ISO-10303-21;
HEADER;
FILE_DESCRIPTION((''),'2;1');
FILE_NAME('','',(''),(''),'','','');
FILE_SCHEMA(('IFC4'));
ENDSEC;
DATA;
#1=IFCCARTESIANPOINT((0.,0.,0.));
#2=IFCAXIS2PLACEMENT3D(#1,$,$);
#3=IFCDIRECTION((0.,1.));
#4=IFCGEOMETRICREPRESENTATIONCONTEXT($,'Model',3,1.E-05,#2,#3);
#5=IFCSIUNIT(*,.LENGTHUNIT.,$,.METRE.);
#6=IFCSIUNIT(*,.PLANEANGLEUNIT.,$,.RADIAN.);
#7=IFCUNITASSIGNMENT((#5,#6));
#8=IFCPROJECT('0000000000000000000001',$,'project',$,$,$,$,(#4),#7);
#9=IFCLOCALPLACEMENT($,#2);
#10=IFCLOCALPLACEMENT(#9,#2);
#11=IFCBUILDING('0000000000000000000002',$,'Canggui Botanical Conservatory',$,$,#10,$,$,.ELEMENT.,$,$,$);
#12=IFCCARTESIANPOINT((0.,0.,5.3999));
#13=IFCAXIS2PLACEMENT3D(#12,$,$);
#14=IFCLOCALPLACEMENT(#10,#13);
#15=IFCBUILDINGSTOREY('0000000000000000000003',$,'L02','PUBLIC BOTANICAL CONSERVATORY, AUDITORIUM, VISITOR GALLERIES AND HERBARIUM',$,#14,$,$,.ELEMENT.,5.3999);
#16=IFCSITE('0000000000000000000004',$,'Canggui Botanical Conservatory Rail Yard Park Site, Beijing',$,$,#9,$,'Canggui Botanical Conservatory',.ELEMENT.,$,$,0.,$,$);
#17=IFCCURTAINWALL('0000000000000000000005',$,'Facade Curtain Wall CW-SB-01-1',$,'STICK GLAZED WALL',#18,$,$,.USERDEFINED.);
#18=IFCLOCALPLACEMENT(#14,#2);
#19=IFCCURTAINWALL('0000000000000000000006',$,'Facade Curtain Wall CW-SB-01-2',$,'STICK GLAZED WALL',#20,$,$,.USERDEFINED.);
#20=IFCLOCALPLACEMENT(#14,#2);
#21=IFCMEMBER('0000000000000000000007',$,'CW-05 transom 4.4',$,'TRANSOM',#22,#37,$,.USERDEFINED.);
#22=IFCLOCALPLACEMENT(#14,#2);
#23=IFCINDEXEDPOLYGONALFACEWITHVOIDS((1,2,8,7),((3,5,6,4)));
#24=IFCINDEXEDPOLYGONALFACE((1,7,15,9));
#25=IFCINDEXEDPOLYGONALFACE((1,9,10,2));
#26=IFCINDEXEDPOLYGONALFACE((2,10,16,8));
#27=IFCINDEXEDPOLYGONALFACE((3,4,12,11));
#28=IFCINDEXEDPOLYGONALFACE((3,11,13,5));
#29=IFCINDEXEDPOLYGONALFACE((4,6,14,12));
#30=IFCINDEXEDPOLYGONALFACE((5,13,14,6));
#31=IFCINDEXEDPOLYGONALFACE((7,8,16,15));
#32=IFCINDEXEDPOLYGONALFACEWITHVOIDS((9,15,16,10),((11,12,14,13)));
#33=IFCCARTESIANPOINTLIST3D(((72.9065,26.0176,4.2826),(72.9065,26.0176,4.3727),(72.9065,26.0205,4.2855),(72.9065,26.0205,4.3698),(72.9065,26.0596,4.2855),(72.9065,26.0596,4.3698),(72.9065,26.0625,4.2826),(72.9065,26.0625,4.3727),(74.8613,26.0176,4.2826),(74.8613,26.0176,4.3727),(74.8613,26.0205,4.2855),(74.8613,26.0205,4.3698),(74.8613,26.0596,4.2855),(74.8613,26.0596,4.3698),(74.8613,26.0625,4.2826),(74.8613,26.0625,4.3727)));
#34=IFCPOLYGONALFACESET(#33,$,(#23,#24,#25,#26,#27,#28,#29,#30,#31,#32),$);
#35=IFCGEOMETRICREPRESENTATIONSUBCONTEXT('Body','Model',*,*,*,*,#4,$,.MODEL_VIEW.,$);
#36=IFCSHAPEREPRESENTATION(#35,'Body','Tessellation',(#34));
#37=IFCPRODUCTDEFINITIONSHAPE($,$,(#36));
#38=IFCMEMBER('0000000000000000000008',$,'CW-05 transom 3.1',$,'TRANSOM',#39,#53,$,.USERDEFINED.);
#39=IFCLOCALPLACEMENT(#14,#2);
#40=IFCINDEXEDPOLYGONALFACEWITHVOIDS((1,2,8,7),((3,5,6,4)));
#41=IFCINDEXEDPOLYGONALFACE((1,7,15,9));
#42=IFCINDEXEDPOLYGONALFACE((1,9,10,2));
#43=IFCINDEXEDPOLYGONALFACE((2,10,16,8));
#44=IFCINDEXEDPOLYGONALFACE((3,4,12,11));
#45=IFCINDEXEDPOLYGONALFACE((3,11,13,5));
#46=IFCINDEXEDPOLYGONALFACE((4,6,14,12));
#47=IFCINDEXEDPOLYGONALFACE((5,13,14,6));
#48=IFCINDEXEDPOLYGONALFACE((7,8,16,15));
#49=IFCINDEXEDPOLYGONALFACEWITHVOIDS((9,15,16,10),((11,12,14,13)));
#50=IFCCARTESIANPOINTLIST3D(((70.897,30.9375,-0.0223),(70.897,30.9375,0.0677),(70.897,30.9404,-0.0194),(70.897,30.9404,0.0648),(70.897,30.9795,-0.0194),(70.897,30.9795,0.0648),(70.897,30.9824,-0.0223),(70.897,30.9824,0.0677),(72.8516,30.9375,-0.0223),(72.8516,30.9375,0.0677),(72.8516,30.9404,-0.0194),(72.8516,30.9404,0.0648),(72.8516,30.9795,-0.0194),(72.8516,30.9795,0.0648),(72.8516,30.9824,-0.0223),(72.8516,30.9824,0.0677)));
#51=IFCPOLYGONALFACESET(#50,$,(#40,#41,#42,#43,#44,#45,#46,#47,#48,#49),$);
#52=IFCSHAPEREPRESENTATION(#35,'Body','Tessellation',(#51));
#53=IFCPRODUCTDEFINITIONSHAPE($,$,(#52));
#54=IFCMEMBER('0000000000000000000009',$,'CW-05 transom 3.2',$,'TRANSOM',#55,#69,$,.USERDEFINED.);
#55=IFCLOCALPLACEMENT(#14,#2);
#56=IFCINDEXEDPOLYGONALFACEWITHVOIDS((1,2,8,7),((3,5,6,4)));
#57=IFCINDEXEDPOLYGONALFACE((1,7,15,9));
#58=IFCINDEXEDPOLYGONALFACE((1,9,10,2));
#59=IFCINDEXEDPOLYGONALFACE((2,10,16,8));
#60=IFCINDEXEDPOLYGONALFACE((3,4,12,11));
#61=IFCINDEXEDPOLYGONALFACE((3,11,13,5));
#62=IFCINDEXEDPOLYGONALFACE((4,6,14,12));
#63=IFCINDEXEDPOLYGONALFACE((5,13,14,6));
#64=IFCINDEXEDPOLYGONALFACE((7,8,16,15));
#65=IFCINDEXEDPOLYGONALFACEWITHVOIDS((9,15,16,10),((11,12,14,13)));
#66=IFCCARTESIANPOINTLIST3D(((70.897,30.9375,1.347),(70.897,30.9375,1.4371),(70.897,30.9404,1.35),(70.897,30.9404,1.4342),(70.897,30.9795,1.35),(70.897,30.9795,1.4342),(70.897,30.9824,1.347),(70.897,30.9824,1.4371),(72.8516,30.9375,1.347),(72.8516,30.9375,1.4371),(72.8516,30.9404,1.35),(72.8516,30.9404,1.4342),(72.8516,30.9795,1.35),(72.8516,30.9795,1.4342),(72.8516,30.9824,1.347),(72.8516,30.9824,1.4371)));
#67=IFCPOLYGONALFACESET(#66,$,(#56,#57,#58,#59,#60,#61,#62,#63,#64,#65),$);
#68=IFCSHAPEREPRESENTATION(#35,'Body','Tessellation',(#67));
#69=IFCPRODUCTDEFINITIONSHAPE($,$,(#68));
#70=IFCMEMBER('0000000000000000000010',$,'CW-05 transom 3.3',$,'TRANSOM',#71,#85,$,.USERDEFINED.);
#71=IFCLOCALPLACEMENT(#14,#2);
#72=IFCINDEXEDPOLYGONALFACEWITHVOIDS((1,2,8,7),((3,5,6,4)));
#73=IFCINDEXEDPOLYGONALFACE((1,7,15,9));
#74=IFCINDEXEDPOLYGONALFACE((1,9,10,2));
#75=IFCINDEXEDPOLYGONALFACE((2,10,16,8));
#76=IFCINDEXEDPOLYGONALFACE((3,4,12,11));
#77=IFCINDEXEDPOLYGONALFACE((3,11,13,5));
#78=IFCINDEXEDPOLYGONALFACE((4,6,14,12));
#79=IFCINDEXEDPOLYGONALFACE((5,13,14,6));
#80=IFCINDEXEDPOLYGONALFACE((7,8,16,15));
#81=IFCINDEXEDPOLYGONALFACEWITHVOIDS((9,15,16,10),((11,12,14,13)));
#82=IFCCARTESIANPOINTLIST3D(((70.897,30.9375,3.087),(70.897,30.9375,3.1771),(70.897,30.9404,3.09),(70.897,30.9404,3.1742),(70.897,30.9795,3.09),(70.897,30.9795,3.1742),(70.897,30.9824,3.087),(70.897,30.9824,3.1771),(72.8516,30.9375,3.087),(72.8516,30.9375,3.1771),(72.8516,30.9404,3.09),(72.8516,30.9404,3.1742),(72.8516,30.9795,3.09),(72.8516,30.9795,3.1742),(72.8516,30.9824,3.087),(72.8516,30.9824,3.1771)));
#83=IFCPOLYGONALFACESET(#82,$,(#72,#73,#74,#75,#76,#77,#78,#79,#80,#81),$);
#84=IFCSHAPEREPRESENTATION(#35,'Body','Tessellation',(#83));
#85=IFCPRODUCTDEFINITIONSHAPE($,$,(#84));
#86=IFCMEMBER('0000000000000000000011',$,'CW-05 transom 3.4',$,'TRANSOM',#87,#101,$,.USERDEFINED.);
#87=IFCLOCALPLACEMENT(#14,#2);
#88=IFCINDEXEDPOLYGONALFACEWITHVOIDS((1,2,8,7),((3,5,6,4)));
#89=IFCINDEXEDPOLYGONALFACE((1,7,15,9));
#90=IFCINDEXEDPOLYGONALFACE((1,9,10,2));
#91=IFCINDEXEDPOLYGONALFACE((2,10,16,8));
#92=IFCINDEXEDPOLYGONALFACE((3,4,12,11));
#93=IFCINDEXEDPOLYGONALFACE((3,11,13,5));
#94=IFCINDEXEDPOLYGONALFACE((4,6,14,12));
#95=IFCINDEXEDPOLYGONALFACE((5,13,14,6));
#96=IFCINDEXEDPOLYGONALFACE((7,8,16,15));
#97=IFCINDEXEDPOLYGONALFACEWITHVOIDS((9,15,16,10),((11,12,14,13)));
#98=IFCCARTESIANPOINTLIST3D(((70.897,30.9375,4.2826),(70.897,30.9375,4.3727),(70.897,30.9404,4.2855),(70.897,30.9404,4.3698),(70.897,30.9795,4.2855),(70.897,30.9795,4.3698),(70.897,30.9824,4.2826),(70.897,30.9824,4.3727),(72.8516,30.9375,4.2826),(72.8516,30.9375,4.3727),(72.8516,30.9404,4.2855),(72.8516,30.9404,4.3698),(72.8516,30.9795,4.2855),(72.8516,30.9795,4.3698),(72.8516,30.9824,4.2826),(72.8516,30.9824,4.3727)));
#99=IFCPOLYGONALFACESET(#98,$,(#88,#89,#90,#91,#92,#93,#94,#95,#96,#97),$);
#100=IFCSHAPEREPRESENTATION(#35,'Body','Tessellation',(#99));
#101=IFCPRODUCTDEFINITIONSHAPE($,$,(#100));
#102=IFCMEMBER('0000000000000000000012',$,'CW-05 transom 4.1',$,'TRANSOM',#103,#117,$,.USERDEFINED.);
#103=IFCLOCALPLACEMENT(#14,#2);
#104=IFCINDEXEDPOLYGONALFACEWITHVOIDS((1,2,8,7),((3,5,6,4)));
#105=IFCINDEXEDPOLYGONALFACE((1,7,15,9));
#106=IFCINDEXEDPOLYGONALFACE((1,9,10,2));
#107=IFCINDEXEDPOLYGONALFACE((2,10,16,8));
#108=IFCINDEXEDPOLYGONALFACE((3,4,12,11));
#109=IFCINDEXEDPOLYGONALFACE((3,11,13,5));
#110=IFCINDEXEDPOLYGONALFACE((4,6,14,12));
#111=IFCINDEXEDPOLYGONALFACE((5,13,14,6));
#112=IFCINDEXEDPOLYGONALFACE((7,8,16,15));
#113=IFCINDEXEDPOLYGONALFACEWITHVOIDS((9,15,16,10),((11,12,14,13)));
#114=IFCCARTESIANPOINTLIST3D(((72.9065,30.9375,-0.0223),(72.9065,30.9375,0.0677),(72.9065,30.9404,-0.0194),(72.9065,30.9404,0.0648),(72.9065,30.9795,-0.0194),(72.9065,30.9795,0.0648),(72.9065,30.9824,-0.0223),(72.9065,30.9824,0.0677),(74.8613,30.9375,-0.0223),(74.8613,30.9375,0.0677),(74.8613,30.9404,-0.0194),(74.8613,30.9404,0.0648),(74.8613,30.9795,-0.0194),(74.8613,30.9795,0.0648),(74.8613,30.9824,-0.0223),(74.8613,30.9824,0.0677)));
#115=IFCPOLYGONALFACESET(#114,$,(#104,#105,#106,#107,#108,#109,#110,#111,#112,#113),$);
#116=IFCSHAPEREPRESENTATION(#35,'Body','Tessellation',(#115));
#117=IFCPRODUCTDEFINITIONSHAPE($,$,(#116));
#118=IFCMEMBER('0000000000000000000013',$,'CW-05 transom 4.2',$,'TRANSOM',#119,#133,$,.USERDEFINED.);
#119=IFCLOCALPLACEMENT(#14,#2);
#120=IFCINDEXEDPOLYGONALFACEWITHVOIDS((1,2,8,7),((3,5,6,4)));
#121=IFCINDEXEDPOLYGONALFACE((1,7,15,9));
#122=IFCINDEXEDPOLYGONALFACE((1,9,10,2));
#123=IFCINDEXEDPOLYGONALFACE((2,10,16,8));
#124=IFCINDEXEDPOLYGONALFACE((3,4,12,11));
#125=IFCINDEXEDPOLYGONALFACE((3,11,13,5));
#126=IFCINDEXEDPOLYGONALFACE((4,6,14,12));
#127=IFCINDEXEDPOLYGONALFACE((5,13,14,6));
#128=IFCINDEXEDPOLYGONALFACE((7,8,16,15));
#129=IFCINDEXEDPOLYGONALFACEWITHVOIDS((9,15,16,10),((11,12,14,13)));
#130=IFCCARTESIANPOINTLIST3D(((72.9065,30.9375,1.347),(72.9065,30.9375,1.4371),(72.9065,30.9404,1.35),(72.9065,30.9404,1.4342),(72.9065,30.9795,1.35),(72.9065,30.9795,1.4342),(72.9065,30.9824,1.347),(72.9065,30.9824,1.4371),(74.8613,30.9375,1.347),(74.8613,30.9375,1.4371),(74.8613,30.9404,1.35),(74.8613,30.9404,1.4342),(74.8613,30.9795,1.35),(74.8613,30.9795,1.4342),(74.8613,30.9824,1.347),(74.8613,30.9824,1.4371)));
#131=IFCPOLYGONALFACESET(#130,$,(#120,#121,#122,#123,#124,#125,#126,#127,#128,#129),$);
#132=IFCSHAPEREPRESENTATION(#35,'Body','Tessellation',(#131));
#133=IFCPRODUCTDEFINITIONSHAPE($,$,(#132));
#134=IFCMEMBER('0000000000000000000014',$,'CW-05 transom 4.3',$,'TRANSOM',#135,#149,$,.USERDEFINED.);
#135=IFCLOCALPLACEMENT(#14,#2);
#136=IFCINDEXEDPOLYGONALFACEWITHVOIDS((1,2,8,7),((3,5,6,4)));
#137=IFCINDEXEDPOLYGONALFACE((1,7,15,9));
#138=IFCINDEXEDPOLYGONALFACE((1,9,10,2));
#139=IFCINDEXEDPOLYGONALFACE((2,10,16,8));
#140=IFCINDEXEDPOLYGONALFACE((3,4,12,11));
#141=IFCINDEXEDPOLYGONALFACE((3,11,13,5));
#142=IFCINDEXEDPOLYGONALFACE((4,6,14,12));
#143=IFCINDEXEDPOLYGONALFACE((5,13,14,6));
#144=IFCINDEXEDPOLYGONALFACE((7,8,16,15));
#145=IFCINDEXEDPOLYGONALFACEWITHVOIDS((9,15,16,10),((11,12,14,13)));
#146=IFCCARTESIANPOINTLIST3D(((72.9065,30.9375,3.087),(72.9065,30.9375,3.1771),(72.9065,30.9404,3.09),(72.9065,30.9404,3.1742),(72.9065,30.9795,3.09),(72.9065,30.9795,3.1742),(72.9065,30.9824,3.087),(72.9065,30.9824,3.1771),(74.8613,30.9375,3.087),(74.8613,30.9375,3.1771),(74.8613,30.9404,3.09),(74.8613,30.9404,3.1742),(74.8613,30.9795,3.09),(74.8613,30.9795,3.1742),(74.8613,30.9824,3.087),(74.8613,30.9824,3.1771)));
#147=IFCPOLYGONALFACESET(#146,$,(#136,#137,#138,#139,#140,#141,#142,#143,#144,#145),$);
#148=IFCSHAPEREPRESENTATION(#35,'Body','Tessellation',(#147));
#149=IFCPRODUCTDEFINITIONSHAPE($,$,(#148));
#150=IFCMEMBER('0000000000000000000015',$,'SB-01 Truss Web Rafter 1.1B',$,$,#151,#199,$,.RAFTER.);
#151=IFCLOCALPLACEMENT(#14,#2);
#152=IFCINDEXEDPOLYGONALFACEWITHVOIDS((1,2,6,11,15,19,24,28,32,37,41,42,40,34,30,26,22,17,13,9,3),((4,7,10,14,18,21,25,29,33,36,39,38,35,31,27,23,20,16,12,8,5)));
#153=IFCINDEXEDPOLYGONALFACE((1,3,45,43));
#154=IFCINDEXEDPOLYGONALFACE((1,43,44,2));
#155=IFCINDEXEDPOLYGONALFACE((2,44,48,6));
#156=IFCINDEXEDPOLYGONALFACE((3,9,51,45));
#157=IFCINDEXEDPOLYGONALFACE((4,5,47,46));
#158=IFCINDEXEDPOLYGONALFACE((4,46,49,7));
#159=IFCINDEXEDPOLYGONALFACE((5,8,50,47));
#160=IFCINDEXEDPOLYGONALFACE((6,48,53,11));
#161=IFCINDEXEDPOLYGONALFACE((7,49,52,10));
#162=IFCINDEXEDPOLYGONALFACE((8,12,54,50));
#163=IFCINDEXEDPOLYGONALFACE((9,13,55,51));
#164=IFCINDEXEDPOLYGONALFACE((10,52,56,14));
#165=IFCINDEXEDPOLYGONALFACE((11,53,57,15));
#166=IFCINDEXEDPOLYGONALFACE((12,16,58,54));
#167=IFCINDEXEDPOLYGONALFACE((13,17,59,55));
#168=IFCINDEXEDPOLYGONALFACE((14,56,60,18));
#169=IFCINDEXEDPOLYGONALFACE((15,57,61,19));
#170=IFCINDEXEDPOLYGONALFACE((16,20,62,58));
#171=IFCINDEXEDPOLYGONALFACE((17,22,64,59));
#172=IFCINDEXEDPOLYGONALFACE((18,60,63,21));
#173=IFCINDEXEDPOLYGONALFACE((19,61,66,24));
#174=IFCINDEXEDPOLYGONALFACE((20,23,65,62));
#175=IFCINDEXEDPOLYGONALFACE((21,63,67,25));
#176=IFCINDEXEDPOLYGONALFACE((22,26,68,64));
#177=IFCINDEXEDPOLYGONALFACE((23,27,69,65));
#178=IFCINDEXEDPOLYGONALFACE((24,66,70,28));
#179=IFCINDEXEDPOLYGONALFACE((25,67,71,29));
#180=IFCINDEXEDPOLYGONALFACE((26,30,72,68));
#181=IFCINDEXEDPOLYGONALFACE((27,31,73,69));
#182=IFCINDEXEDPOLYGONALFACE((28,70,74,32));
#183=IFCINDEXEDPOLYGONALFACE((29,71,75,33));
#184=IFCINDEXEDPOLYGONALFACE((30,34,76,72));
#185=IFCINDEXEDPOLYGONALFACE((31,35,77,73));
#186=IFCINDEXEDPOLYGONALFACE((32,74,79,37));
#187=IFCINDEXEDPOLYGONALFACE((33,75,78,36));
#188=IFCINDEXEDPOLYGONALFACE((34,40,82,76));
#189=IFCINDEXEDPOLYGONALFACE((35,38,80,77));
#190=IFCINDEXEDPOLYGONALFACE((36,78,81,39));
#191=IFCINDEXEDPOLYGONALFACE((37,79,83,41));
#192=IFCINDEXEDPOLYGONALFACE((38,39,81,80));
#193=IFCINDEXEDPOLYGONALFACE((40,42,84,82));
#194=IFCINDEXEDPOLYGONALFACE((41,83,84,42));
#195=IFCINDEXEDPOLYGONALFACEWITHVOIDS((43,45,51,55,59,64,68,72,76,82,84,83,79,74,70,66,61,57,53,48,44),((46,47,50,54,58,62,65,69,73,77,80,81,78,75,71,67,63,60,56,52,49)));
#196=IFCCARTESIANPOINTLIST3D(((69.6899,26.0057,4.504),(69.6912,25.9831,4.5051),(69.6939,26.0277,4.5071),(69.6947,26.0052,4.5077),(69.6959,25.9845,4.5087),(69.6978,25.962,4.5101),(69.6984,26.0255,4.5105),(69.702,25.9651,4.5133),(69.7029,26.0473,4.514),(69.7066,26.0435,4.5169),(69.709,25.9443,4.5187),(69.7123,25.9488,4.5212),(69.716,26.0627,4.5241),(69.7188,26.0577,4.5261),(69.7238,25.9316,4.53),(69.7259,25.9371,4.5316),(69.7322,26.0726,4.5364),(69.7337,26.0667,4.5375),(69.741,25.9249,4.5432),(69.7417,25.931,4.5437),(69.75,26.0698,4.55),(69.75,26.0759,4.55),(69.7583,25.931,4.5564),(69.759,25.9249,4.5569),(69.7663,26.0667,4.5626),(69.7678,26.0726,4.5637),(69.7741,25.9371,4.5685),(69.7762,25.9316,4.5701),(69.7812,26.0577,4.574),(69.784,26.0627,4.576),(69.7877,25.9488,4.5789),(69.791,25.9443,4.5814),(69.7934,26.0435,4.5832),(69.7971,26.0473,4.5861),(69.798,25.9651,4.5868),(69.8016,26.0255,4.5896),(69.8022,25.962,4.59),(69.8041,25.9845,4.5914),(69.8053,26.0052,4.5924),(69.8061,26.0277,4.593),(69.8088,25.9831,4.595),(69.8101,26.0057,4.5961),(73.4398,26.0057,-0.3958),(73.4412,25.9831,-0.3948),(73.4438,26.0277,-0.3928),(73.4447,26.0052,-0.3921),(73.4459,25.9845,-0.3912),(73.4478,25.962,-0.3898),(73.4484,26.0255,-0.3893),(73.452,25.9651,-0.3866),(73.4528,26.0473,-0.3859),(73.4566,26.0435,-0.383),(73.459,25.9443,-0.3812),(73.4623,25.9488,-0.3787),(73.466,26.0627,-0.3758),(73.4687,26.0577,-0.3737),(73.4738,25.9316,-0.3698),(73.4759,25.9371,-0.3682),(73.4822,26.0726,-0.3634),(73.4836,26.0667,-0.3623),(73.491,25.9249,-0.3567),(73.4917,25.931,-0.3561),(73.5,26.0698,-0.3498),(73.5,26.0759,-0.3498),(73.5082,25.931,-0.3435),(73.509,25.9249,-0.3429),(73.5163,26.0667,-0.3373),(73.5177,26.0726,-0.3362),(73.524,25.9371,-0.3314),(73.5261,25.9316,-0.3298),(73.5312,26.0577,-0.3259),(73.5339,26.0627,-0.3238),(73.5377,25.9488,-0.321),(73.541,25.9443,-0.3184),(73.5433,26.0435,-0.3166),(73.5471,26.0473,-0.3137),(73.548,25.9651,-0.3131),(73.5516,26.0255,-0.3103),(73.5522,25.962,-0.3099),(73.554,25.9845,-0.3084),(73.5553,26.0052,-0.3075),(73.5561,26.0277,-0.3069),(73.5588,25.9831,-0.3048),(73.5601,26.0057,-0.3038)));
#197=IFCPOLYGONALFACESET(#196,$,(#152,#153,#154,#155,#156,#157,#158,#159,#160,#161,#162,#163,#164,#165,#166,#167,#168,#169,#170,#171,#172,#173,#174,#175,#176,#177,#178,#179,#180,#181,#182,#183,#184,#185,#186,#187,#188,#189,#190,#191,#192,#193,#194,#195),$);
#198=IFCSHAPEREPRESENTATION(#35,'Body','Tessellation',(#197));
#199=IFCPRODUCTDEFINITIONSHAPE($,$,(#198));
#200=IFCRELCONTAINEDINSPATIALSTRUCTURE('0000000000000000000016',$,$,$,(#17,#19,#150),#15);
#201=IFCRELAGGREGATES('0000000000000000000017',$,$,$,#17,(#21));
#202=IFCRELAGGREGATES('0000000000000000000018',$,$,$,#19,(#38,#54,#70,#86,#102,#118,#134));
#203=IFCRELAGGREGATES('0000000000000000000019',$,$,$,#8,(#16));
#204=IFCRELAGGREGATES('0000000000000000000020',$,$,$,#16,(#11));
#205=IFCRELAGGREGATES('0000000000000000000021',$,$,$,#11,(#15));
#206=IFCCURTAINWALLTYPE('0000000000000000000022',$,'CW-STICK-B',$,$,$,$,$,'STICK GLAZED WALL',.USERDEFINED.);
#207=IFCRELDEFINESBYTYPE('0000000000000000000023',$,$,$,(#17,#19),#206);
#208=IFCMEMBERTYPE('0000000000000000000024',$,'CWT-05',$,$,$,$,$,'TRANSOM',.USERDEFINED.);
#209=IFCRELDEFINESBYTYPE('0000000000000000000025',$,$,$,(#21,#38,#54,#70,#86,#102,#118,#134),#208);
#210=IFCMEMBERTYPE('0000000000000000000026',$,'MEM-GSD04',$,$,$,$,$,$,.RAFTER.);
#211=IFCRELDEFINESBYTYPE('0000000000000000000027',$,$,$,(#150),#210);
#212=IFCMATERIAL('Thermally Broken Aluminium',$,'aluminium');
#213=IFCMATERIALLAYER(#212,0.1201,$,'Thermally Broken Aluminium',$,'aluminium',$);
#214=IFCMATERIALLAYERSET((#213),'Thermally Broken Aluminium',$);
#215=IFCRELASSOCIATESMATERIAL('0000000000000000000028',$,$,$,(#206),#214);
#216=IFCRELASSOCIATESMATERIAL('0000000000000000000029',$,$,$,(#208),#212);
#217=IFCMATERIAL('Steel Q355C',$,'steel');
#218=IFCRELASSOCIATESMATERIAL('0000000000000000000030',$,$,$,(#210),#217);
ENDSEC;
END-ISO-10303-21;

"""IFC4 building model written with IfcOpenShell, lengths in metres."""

from ifc_helpers import new_model, si_unit, direction, frame, origin, origin_2d, place, context, subcontext, project, spatial, hollow_rectangle, hollow_circle, extrude, material, layer, layer_set, material_profile, profile_set, type_object, element, aggregate, save


model = new_model("IFC4")

# Units and contexts
model_context = context("Model", 3, precision=1e-05, world=origin(), true_north=direction((0.0, 1.0)))
body_context = subcontext(model_context, "Body", "Model", "MODEL_VIEW")
ifc_project = project(units=[si_unit("LENGTHUNIT", "METRE"), si_unit("PLANEANGLEUNIT", "RADIAN")], contexts=[model_context])

# Site, building, storey
site_placement = place(None, origin())
site = spatial("IfcSite", under=ifc_project, at=site_placement, Name="Canggui Botanical Conservatory Rail Yard Park Site, Beijing", LongName="Canggui Botanical Conservatory", CompositionType="ELEMENT", RefElevation=0.0)
building_placement = place(site_placement, origin())
building = spatial("IfcBuilding", under=site, at=building_placement, Name="Canggui Botanical Conservatory", CompositionType="ELEMENT")
storey_placement = place(building_placement, frame((0.0, 0.0, 5.3999)))
storey = spatial("IfcBuildingStorey", under=building, at=storey_placement, Name="L02", Description="PUBLIC BOTANICAL CONSERVATORY, AUDITORIUM, VISITOR GALLERIES AND HERBARIUM", CompositionType="ELEMENT", Elevation=5.3999)

# Curtain walls
ifc_material_1 = material(Name="Thermally Broken Aluminium", Category="aluminium")
ifc_layer_1 = layer(ifc_material_1, 0.1201, Name="Thermally Broken Aluminium", Category="aluminium")
ifc_layer_set_1 = layer_set([ifc_layer_1], Name="Thermally Broken Aluminium")
curtain_wall_type = type_object("IfcCurtainWallType", Name="CW-STICK-B", ElementType="STICK GLAZED WALL", PredefinedType="USERDEFINED", material=ifc_layer_set_1)
curtain_wall_1_placement = place(storey_placement, origin())
curtain_wall_1 = element("IfcCurtainWall", 1, at=curtain_wall_1_placement, inside=storey, type_object=curtain_wall_type, Name="Facade Curtain Wall CW-SB-01-1", ObjectType="STICK GLAZED WALL", PredefinedType="USERDEFINED")
curtain_wall_2_placement = place(storey_placement, origin())
curtain_wall_2 = element("IfcCurtainWall", 2, at=curtain_wall_2_placement, inside=storey, type_object=curtain_wall_type, Name="Facade Curtain Wall CW-SB-01-2", ObjectType="STICK GLAZED WALL", PredefinedType="USERDEFINED")

# Members
ifc_material_profile_1 = material_profile(ifc_material_1, hollow_rectangle(XDim=0.0449, YDim=0.0901, WallThickness=0.0029, at=origin_2d()), Name="CWT 45x90x3")
ifc_profile_set_1 = profile_set([ifc_material_profile_1], Name="Thermally Broken Aluminium")
member_type_1 = type_object("IfcMemberType", Name="CWT-05", ElementType="TRANSOM", PredefinedType="USERDEFINED", material=ifc_profile_set_1)
member_1_placement = place(storey_placement, frame((72.9065, 26.04, 4.3276), z_axis=(1.0, 0.0, 0.0), x_axis=(0.0, 1.0, 0.0)))
member_1 = element("IfcMember", 3, at=member_1_placement, type_object=member_type_1, Name="CW-05 transom 4.4", ObjectType="TRANSOM", PredefinedType="USERDEFINED", context=body_context, shape_type="SweptSolid", body=[
    extrude(hollow_rectangle(XDim=0.0449, YDim=0.0901, WallThickness=0.0029, at=origin_2d()), origin(), (0.0, 0.0, 1.0), 1.9548),
])
member_2_placement = place(storey_placement, frame((70.897, 30.96, 0.0227), z_axis=(1.0, 0.0, 0.0), x_axis=(0.0, 1.0, 0.0)))
member_2 = element("IfcMember", 4, at=member_2_placement, type_object=member_type_1, Name="CW-05 transom 3.1", ObjectType="TRANSOM", PredefinedType="USERDEFINED", context=body_context, shape_type="SweptSolid", body=[
    extrude(hollow_rectangle(XDim=0.0449, YDim=0.0901, WallThickness=0.0029, at=origin_2d()), origin(), (0.0, 0.0, 1.0), 1.9546),
])
member_3_placement = place(storey_placement, frame((70.897, 30.96, 1.3921), z_axis=(1.0, 0.0, 0.0), x_axis=(0.0, 1.0, 0.0)))
member_3 = element("IfcMember", 5, at=member_3_placement, type_object=member_type_1, Name="CW-05 transom 3.2", ObjectType="TRANSOM", PredefinedType="USERDEFINED", context=body_context, shape_type="SweptSolid", body=[
    extrude(hollow_rectangle(XDim=0.0449, YDim=0.0901, WallThickness=0.0029, at=origin_2d()), origin(), (0.0, 0.0, 1.0), 1.9546),
])
member_4_placement = place(storey_placement, frame((70.897, 30.96, 3.1321), z_axis=(1.0, 0.0, 0.0), x_axis=(0.0, 1.0, 0.0)))
member_4 = element("IfcMember", 6, at=member_4_placement, type_object=member_type_1, Name="CW-05 transom 3.3", ObjectType="TRANSOM", PredefinedType="USERDEFINED", context=body_context, shape_type="SweptSolid", body=[
    extrude(hollow_rectangle(XDim=0.0449, YDim=0.0901, WallThickness=0.0029, at=origin_2d()), origin(), (0.0, 0.0, 1.0), 1.9546),
])
member_5_placement = place(storey_placement, frame((70.897, 30.96, 4.3276), z_axis=(1.0, 0.0, 0.0), x_axis=(0.0, 1.0, 0.0)))
member_5 = element("IfcMember", 7, at=member_5_placement, type_object=member_type_1, Name="CW-05 transom 3.4", ObjectType="TRANSOM", PredefinedType="USERDEFINED", context=body_context, shape_type="SweptSolid", body=[
    extrude(hollow_rectangle(XDim=0.0449, YDim=0.0901, WallThickness=0.0029, at=origin_2d()), origin(), (0.0, 0.0, 1.0), 1.9546),
])
member_6_placement = place(storey_placement, frame((72.9065, 30.96, 0.0227), z_axis=(1.0, 0.0, 0.0), x_axis=(0.0, 1.0, 0.0)))
member_6 = element("IfcMember", 8, at=member_6_placement, type_object=member_type_1, Name="CW-05 transom 4.1", ObjectType="TRANSOM", PredefinedType="USERDEFINED", context=body_context, shape_type="SweptSolid", body=[
    extrude(hollow_rectangle(XDim=0.0449, YDim=0.0901, WallThickness=0.0029, at=origin_2d()), origin(), (0.0, 0.0, 1.0), 1.9548),
])
member_7_placement = place(storey_placement, frame((72.9065, 30.96, 1.3921), z_axis=(1.0, 0.0, 0.0), x_axis=(0.0, 1.0, 0.0)))
member_7 = element("IfcMember", 9, at=member_7_placement, type_object=member_type_1, Name="CW-05 transom 4.2", ObjectType="TRANSOM", PredefinedType="USERDEFINED", context=body_context, shape_type="SweptSolid", body=[
    extrude(hollow_rectangle(XDim=0.0449, YDim=0.0901, WallThickness=0.0029, at=origin_2d()), origin(), (0.0, 0.0, 1.0), 1.9548),
])
member_8_placement = place(storey_placement, frame((72.9065, 30.96, 3.1321), z_axis=(1.0, 0.0, 0.0), x_axis=(0.0, 1.0, 0.0)))
member_8 = element("IfcMember", 10, at=member_8_placement, type_object=member_type_1, Name="CW-05 transom 4.3", ObjectType="TRANSOM", PredefinedType="USERDEFINED", context=body_context, shape_type="SweptSolid", body=[
    extrude(hollow_rectangle(XDim=0.0449, YDim=0.0901, WallThickness=0.0029, at=origin_2d()), origin(), (0.0, 0.0, 1.0), 1.9548),
])
ifc_material_2 = material(Name="Steel Q355C", Category="steel")
ifc_material_profile_2 = material_profile(ifc_material_2, hollow_circle(Radius=0.0759, WallThickness=0.0061, at=origin_2d()), Name="CHS 152x6")
ifc_profile_set_2 = profile_set([ifc_material_profile_2], Name="Steel Q355C")
member_type_2 = type_object("IfcMemberType", Name="MEM-GSD04", PredefinedType="RAFTER", material=ifc_profile_set_2)
member_9_placement = place(storey_placement, frame((69.75, 26.0, 4.55), z_axis=(0.607758, 0.0, -0.794122), x_axis=(0.0, 1.0, 0.0)))
element("IfcMember", 11, at=member_9_placement, inside=storey, type_object=member_type_2, Name="SB-01 Truss Web Rafter 1.1B", PredefinedType="RAFTER", context=body_context, shape_type="SweptSolid", body=[
    extrude(hollow_circle(Radius=0.0759, WallThickness=0.0061, at=origin_2d()), origin(), (0.0, 0.0, 1.0), 6.1702),
])

aggregate(curtain_wall_1, [member_1])
aggregate(curtain_wall_2, [member_2, member_3, member_4, member_5, member_6, member_7, member_8])

save(model, "model.ifc")
